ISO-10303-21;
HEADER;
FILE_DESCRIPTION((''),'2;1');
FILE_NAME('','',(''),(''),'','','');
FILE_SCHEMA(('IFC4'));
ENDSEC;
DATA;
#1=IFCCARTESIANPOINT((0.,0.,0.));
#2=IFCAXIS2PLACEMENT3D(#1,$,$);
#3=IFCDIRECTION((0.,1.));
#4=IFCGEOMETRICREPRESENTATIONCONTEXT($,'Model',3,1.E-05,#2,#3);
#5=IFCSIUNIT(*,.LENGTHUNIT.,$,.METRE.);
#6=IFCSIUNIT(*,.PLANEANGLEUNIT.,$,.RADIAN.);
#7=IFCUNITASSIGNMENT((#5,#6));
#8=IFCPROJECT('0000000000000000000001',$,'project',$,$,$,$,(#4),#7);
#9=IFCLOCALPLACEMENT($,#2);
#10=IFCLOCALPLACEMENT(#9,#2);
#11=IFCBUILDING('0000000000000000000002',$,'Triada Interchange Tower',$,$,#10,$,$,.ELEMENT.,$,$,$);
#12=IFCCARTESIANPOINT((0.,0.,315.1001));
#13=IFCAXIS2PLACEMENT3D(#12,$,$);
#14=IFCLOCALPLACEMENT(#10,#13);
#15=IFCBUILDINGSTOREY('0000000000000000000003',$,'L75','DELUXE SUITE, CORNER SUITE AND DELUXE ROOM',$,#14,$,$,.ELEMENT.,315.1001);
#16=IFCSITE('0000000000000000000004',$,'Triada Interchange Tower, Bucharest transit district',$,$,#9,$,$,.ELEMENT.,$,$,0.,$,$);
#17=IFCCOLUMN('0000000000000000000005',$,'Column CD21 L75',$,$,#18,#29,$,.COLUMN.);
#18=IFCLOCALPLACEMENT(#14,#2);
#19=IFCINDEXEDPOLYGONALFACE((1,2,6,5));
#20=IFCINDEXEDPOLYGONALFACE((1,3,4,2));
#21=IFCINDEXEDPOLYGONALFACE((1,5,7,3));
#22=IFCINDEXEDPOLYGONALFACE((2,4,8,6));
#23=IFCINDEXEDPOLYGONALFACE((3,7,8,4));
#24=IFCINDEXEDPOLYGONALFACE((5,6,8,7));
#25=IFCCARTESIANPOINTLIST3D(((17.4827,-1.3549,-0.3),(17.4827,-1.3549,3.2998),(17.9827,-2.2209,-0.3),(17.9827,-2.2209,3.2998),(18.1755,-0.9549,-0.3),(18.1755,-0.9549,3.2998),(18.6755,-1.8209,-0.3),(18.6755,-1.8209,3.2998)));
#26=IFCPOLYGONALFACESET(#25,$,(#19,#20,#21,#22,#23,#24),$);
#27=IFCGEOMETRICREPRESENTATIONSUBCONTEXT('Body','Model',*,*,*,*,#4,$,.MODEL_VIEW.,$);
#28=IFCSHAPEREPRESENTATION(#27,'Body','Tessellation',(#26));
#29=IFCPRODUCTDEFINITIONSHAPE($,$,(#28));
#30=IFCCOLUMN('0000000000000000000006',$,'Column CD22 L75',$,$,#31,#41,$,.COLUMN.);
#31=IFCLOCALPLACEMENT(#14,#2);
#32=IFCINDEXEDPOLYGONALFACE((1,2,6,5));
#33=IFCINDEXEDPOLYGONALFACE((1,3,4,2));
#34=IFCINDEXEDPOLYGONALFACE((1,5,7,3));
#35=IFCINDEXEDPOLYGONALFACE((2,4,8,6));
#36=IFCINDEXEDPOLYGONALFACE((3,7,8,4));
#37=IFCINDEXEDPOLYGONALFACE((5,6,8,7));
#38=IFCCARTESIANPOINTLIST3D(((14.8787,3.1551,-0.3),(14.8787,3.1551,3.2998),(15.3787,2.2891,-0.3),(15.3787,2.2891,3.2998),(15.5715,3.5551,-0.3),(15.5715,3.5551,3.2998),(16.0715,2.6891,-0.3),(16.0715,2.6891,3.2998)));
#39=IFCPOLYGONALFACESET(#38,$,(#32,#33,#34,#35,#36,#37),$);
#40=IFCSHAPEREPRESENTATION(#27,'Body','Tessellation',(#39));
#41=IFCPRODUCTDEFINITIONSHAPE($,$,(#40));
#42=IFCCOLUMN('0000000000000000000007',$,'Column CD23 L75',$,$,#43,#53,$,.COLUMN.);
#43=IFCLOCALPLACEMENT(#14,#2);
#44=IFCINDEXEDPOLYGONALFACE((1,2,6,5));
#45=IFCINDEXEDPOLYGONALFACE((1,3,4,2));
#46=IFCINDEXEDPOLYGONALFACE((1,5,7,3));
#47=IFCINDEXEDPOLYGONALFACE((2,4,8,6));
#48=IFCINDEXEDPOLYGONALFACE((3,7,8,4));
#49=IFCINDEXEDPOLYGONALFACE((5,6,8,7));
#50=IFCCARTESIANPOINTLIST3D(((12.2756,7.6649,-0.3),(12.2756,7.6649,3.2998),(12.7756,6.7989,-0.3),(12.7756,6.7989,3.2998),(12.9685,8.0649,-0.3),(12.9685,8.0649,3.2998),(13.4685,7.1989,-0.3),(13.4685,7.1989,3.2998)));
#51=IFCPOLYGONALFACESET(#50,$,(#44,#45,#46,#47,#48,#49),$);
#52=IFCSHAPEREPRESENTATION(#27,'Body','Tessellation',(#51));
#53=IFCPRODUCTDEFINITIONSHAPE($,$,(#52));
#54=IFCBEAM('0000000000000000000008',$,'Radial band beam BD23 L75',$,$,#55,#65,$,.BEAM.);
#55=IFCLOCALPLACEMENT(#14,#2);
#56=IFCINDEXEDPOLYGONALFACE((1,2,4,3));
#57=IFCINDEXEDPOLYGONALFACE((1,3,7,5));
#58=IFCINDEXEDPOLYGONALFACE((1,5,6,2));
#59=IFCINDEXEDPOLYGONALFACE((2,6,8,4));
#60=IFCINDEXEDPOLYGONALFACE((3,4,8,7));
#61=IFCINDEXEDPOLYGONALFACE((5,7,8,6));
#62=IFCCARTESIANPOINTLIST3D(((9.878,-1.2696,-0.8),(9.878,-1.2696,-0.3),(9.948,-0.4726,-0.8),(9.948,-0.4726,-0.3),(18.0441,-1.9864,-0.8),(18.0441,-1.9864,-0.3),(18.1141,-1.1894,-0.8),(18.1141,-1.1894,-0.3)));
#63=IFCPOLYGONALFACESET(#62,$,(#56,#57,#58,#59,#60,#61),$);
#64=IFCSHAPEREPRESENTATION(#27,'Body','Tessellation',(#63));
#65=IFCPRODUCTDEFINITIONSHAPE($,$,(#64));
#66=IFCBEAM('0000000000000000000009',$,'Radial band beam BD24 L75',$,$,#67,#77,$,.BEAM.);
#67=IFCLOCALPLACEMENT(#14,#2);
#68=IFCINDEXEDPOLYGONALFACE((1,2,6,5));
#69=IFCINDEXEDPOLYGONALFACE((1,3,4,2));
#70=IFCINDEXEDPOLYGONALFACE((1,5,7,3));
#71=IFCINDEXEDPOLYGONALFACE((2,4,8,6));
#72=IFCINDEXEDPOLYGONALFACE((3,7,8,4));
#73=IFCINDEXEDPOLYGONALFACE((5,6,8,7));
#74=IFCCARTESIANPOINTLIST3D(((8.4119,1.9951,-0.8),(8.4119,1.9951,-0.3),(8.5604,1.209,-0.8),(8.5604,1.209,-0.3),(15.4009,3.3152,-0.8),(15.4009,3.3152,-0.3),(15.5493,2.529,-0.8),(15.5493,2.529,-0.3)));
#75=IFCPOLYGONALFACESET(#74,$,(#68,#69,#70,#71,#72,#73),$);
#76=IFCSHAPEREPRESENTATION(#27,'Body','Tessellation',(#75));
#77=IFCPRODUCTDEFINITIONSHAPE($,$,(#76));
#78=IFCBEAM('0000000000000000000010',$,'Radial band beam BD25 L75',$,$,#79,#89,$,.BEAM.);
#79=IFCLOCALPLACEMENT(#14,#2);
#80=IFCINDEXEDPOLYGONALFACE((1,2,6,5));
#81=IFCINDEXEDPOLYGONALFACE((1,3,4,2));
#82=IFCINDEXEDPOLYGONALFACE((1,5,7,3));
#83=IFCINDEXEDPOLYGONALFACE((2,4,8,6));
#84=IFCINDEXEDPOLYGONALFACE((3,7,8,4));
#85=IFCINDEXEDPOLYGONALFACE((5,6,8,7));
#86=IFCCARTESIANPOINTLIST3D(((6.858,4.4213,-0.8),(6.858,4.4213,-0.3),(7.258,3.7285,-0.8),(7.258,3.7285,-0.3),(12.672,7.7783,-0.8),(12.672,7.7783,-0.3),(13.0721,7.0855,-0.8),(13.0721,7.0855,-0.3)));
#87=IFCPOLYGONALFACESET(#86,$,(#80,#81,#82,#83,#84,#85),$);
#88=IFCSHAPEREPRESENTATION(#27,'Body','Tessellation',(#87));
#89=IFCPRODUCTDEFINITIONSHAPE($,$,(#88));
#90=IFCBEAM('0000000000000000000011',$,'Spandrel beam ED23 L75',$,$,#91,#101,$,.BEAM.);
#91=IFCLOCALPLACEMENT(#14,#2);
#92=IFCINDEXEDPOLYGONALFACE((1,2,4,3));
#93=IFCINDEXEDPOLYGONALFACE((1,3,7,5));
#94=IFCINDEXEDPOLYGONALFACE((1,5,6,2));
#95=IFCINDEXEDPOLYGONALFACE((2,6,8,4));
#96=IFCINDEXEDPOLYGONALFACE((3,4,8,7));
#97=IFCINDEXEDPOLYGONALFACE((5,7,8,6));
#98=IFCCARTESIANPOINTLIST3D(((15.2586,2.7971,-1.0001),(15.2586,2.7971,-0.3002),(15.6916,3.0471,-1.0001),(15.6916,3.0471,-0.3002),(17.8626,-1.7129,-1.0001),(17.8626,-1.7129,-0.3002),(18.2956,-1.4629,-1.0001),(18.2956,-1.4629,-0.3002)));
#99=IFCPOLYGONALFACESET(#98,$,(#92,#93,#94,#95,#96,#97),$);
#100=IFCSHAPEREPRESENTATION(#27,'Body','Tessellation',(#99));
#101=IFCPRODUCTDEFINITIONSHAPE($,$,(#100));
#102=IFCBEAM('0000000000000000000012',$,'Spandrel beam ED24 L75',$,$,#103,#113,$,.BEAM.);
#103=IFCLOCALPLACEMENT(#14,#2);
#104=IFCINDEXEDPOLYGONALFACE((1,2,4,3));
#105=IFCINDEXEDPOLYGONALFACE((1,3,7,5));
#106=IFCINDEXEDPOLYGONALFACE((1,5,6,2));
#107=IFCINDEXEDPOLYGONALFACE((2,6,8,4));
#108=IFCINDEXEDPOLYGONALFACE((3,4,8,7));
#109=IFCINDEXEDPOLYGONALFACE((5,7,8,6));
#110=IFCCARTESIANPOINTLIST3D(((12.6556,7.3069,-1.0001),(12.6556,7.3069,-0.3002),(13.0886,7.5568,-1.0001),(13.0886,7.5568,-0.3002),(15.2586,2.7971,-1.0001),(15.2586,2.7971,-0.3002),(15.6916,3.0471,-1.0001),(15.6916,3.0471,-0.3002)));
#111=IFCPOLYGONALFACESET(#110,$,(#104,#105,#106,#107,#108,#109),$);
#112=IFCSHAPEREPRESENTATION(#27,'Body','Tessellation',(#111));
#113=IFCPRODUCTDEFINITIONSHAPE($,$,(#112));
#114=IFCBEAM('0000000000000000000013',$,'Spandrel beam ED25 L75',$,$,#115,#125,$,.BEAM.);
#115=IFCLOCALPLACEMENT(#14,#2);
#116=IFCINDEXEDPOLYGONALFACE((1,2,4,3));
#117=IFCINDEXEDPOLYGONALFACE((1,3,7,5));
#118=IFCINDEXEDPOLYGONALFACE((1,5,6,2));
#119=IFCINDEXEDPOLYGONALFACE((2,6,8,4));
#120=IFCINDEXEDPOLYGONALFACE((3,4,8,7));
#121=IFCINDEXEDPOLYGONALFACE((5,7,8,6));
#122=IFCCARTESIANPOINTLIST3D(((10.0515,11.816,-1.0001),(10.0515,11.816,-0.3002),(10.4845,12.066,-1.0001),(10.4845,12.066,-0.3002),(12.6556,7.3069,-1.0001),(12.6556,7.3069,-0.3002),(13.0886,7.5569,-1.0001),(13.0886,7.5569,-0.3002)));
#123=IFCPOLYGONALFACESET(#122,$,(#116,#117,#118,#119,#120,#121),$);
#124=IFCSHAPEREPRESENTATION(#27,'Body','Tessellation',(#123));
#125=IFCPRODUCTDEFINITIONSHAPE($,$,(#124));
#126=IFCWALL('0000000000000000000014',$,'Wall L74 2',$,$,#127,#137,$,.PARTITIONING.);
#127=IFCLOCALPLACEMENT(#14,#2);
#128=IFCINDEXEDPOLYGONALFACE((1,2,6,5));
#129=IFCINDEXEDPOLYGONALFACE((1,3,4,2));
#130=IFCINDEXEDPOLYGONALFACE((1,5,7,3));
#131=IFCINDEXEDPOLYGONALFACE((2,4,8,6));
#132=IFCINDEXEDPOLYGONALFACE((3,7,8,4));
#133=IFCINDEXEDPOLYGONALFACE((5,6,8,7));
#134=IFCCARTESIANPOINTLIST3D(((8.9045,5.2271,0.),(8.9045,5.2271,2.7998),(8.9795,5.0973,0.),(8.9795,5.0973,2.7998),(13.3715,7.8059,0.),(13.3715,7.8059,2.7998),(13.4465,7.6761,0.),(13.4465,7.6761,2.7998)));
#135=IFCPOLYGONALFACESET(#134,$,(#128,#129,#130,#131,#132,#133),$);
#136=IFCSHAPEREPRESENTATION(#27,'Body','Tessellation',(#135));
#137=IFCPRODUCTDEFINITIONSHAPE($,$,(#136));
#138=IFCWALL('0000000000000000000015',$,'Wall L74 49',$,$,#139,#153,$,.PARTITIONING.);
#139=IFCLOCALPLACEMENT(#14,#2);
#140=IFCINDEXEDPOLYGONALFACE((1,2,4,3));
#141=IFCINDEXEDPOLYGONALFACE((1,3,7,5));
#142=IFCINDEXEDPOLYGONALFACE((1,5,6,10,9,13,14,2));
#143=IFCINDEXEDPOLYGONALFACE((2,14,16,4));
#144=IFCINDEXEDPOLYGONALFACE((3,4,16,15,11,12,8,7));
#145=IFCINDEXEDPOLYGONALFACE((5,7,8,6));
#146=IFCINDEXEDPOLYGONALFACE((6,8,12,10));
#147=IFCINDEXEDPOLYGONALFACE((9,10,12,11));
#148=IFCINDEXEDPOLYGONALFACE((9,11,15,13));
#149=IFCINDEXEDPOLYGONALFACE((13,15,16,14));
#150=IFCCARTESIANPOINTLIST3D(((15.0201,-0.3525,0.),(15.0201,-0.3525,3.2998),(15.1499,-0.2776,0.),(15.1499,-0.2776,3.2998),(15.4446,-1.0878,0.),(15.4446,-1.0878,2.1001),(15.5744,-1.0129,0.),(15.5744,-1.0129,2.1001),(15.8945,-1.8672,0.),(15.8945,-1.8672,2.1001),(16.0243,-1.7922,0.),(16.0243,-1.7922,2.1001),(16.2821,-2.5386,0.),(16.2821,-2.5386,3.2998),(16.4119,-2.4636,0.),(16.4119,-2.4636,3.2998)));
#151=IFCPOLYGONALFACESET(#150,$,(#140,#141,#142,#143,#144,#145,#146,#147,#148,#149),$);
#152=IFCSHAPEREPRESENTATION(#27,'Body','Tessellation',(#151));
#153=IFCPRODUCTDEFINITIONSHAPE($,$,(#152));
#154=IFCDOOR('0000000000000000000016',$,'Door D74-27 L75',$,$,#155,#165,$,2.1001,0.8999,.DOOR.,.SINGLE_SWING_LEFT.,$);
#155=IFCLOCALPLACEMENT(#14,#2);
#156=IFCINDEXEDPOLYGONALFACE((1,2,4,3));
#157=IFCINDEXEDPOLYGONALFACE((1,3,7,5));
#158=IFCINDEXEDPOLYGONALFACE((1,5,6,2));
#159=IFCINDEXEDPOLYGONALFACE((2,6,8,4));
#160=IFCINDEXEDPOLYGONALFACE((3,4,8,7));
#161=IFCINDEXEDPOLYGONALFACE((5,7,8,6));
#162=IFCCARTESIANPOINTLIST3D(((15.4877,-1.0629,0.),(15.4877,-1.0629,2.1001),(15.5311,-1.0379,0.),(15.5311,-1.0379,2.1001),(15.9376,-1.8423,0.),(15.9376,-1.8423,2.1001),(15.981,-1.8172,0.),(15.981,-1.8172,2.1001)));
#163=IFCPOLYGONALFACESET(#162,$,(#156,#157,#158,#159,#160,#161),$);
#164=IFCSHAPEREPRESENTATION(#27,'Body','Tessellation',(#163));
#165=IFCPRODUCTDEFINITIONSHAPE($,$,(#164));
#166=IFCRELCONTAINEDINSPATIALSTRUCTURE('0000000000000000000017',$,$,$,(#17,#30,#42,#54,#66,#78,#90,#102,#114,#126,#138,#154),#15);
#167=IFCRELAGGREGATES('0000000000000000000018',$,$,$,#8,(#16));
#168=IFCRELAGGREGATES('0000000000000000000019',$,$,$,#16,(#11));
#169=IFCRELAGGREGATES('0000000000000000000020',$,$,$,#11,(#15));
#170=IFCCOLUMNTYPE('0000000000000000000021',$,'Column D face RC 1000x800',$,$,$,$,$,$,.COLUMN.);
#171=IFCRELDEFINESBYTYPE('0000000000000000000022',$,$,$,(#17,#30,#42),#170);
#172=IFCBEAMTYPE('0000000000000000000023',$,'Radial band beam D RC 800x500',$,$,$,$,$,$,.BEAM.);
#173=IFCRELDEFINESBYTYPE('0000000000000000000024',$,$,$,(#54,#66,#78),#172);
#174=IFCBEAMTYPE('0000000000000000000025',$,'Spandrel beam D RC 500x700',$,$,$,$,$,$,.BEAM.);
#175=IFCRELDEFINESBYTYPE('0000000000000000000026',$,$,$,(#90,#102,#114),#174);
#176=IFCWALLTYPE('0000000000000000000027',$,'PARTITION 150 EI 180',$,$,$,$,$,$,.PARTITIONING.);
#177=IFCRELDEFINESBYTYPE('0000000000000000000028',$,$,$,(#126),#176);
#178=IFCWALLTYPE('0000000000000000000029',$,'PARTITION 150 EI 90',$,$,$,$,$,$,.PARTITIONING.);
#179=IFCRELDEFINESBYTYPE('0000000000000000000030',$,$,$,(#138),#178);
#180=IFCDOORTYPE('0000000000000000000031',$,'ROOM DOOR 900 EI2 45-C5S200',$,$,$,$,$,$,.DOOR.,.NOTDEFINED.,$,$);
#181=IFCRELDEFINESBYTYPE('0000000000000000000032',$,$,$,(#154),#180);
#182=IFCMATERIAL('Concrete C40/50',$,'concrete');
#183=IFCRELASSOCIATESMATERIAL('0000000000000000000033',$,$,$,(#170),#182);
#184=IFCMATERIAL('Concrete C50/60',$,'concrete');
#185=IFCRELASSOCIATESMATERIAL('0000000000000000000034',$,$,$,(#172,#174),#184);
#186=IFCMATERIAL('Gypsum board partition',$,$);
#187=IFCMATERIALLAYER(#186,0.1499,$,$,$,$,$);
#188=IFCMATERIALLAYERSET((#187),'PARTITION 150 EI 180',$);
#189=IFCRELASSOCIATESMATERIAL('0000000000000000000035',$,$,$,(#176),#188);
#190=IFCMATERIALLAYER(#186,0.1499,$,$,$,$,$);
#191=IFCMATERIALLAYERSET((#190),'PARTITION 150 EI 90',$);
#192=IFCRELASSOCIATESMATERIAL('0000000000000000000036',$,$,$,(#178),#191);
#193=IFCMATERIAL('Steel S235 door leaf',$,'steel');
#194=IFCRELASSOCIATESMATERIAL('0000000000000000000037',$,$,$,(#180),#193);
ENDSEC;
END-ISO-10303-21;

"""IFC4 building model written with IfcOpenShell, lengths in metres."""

from ifc_helpers import new_model, si_unit, direction, frame, frame_2d, origin, origin_2d, place, context, subcontext, project, spatial, rectangle, extrude, material, layer, layer_set, material_profile, profile_set, type_object, element, fill, save


model = new_model("IFC4")

# Units and contexts
model_context = context("Model", 3, precision=1e-05, world=origin(), true_north=direction((0.0, 1.0)))
body_context = subcontext(model_context, "Body", "Model", "MODEL_VIEW")
ifc_project = project(units=[si_unit("LENGTHUNIT", "METRE"), si_unit("PLANEANGLEUNIT", "RADIAN")], contexts=[model_context])

# Site, building, storey
site_placement = place(None, origin())
site = spatial("IfcSite", under=ifc_project, at=site_placement, Name="Triada Interchange Tower, Bucharest transit district", CompositionType="ELEMENT", RefElevation=0.0)
building_placement = place(site_placement, origin())
building = spatial("IfcBuilding", under=site, at=building_placement, Name="Triada Interchange Tower", CompositionType="ELEMENT")
storey_placement = place(building_placement, frame((0.0, 0.0, 315.1001)))
storey = spatial("IfcBuildingStorey", under=building, at=storey_placement, Name="L75", Description="DELUXE SUITE, CORNER SUITE AND DELUXE ROOM", CompositionType="ELEMENT", Elevation=315.1001)

# Columns
ifc_material_1 = material(Name="Concrete C40/50", Category="concrete")
ifc_material_profile_1 = material_profile(ifc_material_1, rectangle(XDim=1.0, YDim=0.8, at=origin_2d()), Name="RC 1000x800")
ifc_profile_set_1 = profile_set([ifc_material_profile_1], Name="Concrete C40/50")
column_type = type_object("IfcColumnType", Name="Column D face RC 1000x800", PredefinedType="COLUMN", material=ifc_profile_set_1)
for number, where, z_axis, x_axis, name in (
    (1, (18.0791, -1.5879, -0.3), (0.0, 0.0, 1.0), (-0.5, 0.866025, 0.0), "Column CD21 L75"),
    (2, (15.4751, 2.9221, -0.3), (0.0, 0.0, 1.0), (-0.5, 0.866025, 0.0), "Column CD22 L75"),
    (3, (12.8721, 7.4319, -0.3), (0.0, 0.0, 1.0), (-0.5, 0.866025, 0.0), "Column CD23 L75"),
):
    element("IfcColumn", number, at=place(storey_placement, frame(where, z_axis=z_axis, x_axis=x_axis)), inside=storey, type_object=column_type, Name=name, PredefinedType="COLUMN", context=body_context, shape_type="SweptSolid", body=[
        extrude(rectangle(XDim=1.0, YDim=0.8, at=origin_2d()), origin(), (0.0, 0.0, 1.0), 3.5999),
    ])

# Beams
ifc_material_2 = material(Name="Concrete C50/60", Category="concrete")
ifc_material_profile_2 = material_profile(ifc_material_2, rectangle(XDim=0.8, YDim=0.5, at=origin_2d()), Name="RC 800x500")
ifc_profile_set_2 = profile_set([ifc_material_profile_2], Name="Concrete C50/60")
beam_type_1 = type_object("IfcBeamType", Name="Radial band beam D RC 800x500", PredefinedType="BEAM", material=ifc_profile_set_2)
beam_1_placement = place(storey_placement, frame((18.0791, -1.5879, -0.55), z_axis=(-0.99617, 0.087442, 0.0), x_axis=(-0.087442, -0.99617, 0.0)))
element("IfcBeam", 4, at=beam_1_placement, inside=storey, type_object=beam_type_1, Name="Radial band beam BD23 L75", PredefinedType="BEAM", context=body_context, shape_type="SweptSolid", body=[
    extrude(rectangle(XDim=0.8, YDim=0.5, at=origin_2d()), origin(), (0.0, 0.0, 1.0), 8.1975),
])
beam_2_placement = place(storey_placement, frame((15.4751, 2.9221, -0.55), z_axis=(-0.982626, -0.185596, 0.0), x_axis=(0.185596, -0.982626, 0.0)))
element("IfcBeam", 5, at=beam_2_placement, inside=storey, type_object=beam_type_1, Name="Radial band beam BD24 L75", PredefinedType="BEAM", context=body_context, shape_type="SweptSolid", body=[
    extrude(rectangle(XDim=0.8, YDim=0.5, at=origin_2d()), origin(), (0.0, 0.0, 1.0), 7.1125),
])
beam_3_placement = place(storey_placement, frame((12.8721, 7.4319, -0.55), z_axis=(-0.86601, -0.500027, 0.0), x_axis=(0.500027, -0.86601, 0.0)))
element("IfcBeam", 6, at=beam_3_placement, inside=storey, type_object=beam_type_1, Name="Radial band beam BD25 L75", PredefinedType="BEAM", context=body_context, shape_type="SweptSolid", body=[
    extrude(rectangle(XDim=0.8, YDim=0.5, at=origin_2d()), origin(), (0.0, 0.0, 1.0), 6.7136),
])
ifc_material_profile_3 = material_profile(ifc_material_2, rectangle(XDim=0.5, YDim=0.7, at=origin_2d()), Name="RC 500x700")
ifc_profile_set_3 = profile_set([ifc_material_profile_3], Name="Concrete C50/60")
beam_type_2 = type_object("IfcBeamType", Name="Spandrel beam D RC 500x700", PredefinedType="BEAM", material=ifc_profile_set_3)
beam_4_placement = place(storey_placement, frame((18.0791, -1.5879, -0.6501), z_axis=(-0.500021, 0.866013, 0.0), x_axis=(-0.866013, -0.500021, 0.0)))
element("IfcBeam", 7, at=beam_4_placement, inside=storey, type_object=beam_type_2, Name="Spandrel beam ED23 L75", PredefinedType="BEAM", context=body_context, shape_type="SweptSolid", body=[
    extrude(rectangle(XDim=0.5, YDim=0.7, at=origin_2d()), origin(), (0.0, 0.0, 1.0), 5.2078),
])
for number, where, z_axis, x_axis, name in (
    (8, (15.4751, 2.9221, -0.6501), (-0.499901, 0.866083, 0.0), (-0.866083, -0.499901, 0.0), "Spandrel beam ED24 L75"),
    (9, (12.8721, 7.4319, -0.6501), (-0.500103, 0.865966, 0.0), (-0.865966, -0.500103, 0.0), "Spandrel beam ED25 L75"),
):
    element("IfcBeam", number, at=place(storey_placement, frame(where, z_axis=z_axis, x_axis=x_axis)), inside=storey, type_object=beam_type_2, Name=name, PredefinedType="BEAM", context=body_context, shape_type="SweptSolid", body=[
        extrude(rectangle(XDim=0.5, YDim=0.7, at=origin_2d()), origin(), (0.0, 0.0, 1.0), 5.207),
    ])

# Wall
ifc_material_3 = material(Name="Gypsum board partition")
ifc_layer_1 = layer(ifc_material_3, 0.1499)
ifc_layer_set_1 = layer_set([ifc_layer_1], Name="PARTITION 150 EI 180")
wall_type_1 = type_object("IfcWallType", Name="PARTITION 150 EI 180", PredefinedType="PARTITIONING", material=ifc_layer_set_1)
wall_1_placement = place(storey_placement, frame((8.9419, 5.1621, 0.0), z_axis=(0.0, 0.0, 1.0), x_axis=(0.866041, 0.499972, 0.0)))
element("IfcWall", 10, at=wall_1_placement, inside=storey, type_object=wall_type_1, Name="Wall L74 2", PredefinedType="PARTITIONING", context=body_context, shape_type="SweptSolid", body=[
    extrude(rectangle(XDim=5.158, YDim=0.1499, at=frame_2d((2.5791, 0.0))), origin(), (0.0, 0.0, 1.0), 2.7998),
])

# Wall, opening, door
ifc_layer_2 = layer(ifc_material_3, 0.1499)
ifc_layer_set_2 = layer_set([ifc_layer_2], Name="PARTITION 150 EI 90")
wall_type_2 = type_object("IfcWallType", Name="PARTITION 150 EI 90", PredefinedType="PARTITIONING", material=ifc_layer_set_2)
wall_2_placement = place(storey_placement, frame((15.085, -0.3149, 0.0), z_axis=(0.0, 0.0, 1.0), x_axis=(0.499957, -0.86605, 0.0)))
wall_2 = element("IfcWall", 11, at=wall_2_placement, inside=storey, type_object=wall_type_2, Name="Wall L74 49", PredefinedType="PARTITIONING", context=body_context, shape_type="SweptSolid", body=[
    extrude(rectangle(XDim=2.5242, YDim=0.1499, at=frame_2d((1.2622, 0.0))), origin(), (0.0, 0.0, 1.0), 3.2998),
])
opening_1_placement = place(wall_2_placement, frame((0.8491, 0.0, 0.0)))
opening_1 = element("IfcOpeningElement", 12, at=opening_1_placement, cuts=wall_2, PredefinedType="OPENING", context=body_context, shape_type="SweptSolid", body=[
    extrude(rectangle(XDim=0.8999, YDim=2.1001, at=frame_2d((0.45, 1.05))), frame((0.0, 0.085, 0.0), z_axis=(0.0, -1.0, 0.0), x_axis=(1.0, 0.0, 0.0)), (0.0, 0.0, 1.0), 0.1699),
])
ifc_material_4 = material(Name="Steel S235 door leaf", Category="steel")
door_type_1 = type_object("IfcDoorType", Name="ROOM DOOR 900 EI2 45-C5S200", OperationType="NOTDEFINED", PredefinedType="DOOR", material=ifc_material_4)
door_1_placement = place(opening_1_placement, origin())
door_1 = element("IfcDoor", 13, at=door_1_placement, inside=storey, type_object=door_type_1, Name="Door D74-27 L75", OperationType="SINGLE_SWING_LEFT", OverallHeight=2.1001, OverallWidth=0.8999, PredefinedType="DOOR", context=body_context, shape_type="SweptSolid", body=[
    extrude(rectangle(XDim=0.8999, YDim=2.1001, at=frame_2d((0.45, 1.05))), frame((0.0, 0.0249, 0.0), z_axis=(0.0, -1.0, 0.0), x_axis=(1.0, 0.0, 0.0)), (0.0, 0.0, 1.0), 0.05),
])
fill(opening_1, door_1)

save(model, "model.ifc")
